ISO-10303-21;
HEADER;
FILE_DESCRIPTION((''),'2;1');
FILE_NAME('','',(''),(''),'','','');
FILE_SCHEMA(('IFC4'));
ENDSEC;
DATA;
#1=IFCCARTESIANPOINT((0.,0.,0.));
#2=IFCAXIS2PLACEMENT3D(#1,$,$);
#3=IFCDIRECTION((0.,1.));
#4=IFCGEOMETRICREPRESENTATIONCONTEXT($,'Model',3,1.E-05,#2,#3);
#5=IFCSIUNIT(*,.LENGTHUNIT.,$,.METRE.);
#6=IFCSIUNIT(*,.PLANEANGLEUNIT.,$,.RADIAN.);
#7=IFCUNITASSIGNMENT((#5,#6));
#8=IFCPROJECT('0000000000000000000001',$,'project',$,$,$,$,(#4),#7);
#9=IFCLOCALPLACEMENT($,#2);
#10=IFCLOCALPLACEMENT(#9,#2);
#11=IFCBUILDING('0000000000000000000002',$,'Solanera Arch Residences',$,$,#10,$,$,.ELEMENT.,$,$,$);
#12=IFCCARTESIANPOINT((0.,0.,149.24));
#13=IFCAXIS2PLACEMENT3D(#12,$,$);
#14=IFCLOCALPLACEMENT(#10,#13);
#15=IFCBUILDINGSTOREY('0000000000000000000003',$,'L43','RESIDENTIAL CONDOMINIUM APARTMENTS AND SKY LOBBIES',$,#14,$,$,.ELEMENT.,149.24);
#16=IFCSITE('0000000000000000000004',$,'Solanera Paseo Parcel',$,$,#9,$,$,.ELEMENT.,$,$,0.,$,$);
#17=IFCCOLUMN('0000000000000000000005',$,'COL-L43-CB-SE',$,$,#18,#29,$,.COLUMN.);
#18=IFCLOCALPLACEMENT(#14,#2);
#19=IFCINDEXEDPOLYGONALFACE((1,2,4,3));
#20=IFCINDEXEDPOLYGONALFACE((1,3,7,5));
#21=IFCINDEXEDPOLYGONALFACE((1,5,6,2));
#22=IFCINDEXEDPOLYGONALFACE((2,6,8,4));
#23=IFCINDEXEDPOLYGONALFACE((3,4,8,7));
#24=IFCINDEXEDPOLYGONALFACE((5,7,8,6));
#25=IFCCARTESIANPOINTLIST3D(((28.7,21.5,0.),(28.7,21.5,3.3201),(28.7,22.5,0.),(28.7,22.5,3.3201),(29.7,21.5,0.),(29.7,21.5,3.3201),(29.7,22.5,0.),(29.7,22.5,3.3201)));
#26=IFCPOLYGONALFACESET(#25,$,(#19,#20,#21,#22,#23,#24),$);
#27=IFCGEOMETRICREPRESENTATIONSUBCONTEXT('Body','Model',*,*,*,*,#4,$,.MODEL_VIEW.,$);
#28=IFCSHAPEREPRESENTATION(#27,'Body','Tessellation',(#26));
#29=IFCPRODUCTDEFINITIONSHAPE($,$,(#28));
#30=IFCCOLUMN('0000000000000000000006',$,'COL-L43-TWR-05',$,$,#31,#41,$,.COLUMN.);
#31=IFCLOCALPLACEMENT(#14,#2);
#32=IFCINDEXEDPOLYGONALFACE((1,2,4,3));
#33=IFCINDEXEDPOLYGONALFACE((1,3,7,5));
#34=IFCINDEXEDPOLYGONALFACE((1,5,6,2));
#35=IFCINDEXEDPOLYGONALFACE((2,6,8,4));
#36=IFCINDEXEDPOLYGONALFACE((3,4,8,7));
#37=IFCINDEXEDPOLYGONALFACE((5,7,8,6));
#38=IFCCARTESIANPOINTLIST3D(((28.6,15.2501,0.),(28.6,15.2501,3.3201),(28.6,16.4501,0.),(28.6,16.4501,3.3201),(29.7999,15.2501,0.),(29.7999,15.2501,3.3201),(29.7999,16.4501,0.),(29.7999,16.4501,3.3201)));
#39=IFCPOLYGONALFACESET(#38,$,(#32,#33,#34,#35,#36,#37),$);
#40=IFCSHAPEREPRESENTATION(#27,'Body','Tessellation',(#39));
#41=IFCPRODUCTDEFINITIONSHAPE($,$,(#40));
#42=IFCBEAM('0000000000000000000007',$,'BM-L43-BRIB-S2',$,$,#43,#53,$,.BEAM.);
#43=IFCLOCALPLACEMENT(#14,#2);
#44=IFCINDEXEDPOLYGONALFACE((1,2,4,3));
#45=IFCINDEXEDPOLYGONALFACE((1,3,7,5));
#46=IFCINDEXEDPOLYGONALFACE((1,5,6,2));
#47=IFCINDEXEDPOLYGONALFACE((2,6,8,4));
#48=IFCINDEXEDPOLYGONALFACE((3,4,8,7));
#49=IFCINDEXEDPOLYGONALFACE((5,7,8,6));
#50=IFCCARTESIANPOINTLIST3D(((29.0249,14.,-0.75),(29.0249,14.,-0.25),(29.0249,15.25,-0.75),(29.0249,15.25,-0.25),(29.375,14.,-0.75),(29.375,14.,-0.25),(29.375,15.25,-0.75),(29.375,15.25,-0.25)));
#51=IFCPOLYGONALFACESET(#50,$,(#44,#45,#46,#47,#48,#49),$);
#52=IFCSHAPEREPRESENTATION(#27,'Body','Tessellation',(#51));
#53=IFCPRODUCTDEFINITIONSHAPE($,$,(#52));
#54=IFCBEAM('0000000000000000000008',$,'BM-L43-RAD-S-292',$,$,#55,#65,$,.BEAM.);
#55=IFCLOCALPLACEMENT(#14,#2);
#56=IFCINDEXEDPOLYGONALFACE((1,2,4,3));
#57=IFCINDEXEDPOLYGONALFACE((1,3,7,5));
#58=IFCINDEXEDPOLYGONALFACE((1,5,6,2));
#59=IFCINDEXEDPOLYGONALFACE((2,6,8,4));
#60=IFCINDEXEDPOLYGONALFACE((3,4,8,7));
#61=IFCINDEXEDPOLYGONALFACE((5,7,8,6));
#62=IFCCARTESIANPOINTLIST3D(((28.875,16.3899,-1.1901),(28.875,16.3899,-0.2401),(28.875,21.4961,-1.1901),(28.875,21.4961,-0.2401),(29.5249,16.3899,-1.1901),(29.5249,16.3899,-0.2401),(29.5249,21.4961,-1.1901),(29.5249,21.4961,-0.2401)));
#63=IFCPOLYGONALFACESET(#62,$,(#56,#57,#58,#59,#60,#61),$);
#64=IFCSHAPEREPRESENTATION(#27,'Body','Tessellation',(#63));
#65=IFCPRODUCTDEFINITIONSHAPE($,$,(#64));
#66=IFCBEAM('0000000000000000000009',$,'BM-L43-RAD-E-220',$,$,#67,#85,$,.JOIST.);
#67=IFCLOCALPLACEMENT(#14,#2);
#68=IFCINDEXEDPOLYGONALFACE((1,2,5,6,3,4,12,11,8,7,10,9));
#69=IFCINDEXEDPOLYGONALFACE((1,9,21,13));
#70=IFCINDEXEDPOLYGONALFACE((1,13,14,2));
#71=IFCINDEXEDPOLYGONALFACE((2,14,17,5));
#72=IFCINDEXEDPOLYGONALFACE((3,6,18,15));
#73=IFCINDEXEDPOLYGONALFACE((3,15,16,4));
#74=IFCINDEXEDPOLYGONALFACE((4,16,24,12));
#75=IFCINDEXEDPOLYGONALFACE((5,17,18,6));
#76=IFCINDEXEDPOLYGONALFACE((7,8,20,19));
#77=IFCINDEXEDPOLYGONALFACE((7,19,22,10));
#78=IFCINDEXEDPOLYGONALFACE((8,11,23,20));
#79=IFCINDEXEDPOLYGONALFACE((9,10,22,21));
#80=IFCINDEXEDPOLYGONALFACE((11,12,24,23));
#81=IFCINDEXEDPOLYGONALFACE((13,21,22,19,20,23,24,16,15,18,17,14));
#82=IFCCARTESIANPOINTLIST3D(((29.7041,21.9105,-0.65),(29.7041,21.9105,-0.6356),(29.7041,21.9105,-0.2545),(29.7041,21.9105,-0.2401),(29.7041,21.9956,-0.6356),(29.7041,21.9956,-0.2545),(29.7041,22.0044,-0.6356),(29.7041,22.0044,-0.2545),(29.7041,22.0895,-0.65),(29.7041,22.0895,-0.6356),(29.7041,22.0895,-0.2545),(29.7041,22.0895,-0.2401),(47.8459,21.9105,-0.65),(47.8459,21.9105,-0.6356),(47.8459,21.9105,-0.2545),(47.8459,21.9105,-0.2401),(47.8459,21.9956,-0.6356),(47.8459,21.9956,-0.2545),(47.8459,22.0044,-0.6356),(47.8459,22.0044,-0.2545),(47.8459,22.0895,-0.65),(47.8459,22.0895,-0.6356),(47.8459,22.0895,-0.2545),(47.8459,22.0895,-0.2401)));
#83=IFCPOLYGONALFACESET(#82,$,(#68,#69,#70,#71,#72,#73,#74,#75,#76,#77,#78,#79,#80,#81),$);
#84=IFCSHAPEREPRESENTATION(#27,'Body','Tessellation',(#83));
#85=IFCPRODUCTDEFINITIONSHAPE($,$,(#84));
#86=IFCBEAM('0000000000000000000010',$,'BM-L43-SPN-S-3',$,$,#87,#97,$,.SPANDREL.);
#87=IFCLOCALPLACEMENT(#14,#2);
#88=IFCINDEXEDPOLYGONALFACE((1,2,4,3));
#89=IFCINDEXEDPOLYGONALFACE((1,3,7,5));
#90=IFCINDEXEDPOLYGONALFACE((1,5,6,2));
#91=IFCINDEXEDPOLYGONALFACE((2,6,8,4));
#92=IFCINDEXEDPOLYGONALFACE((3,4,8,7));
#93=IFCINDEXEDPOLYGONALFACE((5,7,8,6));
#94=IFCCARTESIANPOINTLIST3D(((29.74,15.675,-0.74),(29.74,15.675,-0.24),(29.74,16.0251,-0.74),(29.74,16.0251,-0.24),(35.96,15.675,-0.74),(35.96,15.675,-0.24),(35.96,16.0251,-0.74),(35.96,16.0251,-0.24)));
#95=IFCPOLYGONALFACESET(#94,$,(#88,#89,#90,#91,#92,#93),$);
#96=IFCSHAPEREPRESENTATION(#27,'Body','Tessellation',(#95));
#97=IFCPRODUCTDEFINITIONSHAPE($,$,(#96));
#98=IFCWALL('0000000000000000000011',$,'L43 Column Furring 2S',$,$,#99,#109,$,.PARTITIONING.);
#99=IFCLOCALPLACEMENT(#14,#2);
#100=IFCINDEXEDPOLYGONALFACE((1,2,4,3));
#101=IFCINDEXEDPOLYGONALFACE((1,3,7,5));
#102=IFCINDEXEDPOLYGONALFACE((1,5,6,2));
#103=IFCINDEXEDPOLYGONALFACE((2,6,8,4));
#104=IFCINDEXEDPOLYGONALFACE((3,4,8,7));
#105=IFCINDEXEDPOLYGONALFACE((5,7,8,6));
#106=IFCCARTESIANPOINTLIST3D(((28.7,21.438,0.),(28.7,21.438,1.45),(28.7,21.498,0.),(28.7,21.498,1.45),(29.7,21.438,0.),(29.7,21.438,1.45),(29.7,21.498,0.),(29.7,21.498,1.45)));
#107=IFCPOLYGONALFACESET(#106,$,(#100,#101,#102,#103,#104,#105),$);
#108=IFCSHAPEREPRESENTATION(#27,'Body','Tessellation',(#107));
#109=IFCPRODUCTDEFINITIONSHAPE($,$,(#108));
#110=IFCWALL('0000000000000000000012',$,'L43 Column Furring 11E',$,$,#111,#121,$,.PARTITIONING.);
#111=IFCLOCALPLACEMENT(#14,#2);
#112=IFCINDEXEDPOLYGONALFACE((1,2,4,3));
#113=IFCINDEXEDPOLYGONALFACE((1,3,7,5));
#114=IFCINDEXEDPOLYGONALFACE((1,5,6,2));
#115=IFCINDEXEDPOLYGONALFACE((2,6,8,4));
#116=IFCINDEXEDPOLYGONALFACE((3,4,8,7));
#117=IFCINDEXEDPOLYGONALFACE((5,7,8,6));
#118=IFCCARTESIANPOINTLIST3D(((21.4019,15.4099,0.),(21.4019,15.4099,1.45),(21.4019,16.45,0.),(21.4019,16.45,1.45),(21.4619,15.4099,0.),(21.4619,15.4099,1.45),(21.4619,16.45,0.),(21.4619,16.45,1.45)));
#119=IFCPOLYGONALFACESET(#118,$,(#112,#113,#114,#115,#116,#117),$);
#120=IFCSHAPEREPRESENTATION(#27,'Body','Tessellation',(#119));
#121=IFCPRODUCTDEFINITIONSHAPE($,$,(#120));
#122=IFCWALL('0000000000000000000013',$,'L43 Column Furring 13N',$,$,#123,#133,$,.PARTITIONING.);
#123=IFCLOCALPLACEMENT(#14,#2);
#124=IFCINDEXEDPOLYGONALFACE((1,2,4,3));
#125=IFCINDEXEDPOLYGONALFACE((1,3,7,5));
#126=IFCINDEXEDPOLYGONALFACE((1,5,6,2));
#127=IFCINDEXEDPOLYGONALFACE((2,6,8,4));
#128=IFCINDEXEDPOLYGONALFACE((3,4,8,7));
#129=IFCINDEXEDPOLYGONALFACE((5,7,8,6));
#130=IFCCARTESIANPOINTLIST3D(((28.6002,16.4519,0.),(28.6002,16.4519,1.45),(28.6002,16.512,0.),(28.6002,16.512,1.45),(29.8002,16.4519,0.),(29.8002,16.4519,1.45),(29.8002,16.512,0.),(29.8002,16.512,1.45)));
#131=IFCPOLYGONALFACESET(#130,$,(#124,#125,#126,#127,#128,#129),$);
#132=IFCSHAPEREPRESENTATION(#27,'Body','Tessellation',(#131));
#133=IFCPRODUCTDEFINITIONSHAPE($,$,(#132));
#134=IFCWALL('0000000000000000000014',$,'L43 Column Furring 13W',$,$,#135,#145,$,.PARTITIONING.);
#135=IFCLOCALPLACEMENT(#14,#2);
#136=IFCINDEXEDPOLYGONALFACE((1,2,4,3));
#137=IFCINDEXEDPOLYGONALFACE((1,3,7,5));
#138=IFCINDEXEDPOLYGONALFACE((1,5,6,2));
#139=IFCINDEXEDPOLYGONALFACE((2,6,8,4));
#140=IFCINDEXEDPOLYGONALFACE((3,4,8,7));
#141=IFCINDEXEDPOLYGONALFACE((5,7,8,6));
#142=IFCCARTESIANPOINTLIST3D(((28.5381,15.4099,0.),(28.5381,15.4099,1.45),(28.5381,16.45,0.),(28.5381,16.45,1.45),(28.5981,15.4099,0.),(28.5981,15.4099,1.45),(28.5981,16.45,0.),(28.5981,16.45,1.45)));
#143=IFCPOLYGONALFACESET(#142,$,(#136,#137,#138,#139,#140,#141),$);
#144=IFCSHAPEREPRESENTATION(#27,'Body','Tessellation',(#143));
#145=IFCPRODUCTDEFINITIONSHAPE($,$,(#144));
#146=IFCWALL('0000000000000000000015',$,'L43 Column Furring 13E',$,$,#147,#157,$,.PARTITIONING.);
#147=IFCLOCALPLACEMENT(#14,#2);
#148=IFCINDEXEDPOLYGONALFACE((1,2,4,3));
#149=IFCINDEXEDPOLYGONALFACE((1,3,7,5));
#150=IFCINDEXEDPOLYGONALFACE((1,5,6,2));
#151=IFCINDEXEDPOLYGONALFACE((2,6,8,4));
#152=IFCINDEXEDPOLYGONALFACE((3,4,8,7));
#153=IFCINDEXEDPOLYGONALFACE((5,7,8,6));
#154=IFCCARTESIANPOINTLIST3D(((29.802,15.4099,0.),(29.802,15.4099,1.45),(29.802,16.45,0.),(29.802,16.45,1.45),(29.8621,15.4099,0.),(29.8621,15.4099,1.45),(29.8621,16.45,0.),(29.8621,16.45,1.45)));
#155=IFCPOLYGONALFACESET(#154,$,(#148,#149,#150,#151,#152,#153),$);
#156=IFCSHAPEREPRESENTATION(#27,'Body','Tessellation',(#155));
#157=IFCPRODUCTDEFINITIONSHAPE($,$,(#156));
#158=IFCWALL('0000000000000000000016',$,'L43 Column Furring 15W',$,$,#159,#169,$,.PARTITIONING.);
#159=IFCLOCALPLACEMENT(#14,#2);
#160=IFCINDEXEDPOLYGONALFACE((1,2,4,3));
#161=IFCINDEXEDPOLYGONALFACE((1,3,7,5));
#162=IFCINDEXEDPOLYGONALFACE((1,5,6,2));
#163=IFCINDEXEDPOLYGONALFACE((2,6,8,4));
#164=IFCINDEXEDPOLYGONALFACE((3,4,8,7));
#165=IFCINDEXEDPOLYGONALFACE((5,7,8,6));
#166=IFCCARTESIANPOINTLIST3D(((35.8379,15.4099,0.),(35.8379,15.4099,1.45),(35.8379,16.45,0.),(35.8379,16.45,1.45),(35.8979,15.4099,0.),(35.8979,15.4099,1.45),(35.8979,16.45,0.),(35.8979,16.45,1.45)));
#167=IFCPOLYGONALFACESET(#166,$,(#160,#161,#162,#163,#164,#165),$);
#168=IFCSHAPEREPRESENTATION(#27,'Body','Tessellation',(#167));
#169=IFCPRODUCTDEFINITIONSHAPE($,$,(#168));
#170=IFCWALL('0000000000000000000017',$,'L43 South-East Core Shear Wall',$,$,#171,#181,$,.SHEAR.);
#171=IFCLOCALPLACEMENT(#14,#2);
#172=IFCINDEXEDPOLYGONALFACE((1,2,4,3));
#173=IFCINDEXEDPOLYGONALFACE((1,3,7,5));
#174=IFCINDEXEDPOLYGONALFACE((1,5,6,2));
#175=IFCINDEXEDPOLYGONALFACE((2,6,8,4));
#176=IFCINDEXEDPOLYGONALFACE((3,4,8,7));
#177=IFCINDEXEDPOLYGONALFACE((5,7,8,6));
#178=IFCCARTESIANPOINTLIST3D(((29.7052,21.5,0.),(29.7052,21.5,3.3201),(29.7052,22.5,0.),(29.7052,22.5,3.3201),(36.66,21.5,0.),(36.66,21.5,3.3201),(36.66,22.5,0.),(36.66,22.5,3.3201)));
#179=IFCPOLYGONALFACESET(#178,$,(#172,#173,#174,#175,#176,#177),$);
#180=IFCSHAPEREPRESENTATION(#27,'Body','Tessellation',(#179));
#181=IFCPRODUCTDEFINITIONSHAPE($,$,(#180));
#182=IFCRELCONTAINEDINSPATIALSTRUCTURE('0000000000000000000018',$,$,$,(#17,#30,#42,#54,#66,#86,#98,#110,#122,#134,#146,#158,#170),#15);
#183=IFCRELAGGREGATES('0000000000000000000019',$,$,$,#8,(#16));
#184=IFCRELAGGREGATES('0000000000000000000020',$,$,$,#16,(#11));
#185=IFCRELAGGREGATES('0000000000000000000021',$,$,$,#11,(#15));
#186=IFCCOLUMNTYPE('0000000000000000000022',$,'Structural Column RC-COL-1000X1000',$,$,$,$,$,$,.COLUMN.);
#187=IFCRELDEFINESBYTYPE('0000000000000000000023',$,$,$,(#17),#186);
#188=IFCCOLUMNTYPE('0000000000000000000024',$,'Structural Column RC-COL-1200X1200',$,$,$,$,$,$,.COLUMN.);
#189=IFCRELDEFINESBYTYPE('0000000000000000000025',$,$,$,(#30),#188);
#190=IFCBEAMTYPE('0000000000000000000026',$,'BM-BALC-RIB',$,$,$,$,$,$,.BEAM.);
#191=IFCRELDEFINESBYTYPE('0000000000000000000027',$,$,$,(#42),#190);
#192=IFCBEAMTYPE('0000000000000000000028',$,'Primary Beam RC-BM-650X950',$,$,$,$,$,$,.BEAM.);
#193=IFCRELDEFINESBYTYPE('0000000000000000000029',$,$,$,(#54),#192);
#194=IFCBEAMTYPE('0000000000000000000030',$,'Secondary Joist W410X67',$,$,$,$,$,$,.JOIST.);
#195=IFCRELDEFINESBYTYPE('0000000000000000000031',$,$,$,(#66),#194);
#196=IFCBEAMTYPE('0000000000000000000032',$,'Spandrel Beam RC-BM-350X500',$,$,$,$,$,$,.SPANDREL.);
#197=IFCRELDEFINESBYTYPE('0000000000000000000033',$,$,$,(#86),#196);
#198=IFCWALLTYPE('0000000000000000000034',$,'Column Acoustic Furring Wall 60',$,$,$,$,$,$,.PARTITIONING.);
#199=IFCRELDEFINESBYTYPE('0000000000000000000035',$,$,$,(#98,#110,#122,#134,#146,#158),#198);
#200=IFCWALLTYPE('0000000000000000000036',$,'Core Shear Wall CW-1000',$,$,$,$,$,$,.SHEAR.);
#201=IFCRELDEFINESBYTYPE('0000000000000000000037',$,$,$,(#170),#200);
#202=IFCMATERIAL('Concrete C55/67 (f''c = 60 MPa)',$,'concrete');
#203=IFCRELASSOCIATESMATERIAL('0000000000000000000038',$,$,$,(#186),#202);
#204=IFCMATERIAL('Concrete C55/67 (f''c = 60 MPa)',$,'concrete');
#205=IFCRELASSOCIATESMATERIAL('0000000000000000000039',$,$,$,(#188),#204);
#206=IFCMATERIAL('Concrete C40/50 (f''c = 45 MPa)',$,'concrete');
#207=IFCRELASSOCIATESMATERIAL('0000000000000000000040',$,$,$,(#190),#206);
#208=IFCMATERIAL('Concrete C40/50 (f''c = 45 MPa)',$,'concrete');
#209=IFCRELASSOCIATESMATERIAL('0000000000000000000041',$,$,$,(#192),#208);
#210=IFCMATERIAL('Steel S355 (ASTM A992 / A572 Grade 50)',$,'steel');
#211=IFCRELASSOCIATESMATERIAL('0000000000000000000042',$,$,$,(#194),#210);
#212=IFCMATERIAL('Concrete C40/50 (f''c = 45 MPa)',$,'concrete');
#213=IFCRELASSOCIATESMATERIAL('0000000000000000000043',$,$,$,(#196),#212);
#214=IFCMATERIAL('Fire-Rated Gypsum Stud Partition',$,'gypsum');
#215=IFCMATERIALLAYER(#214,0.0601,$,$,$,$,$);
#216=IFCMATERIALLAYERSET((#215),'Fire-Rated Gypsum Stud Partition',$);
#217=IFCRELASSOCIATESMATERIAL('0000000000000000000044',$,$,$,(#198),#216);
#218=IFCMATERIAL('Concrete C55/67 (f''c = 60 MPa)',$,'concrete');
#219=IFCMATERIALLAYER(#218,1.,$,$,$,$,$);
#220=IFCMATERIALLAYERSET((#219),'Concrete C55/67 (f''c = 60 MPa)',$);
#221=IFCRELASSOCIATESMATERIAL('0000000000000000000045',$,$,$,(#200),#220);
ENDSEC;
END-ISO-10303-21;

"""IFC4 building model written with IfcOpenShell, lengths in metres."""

from ifc_helpers import new_model, si_unit, direction, frame, frame_2d, origin, origin_2d, place, context, subcontext, project, spatial, rectangle, i_section, extrude, material, layer, layer_set, material_profile, profile_set, type_object, element, save


model = new_model("IFC4")

# Units and contexts
model_context = context("Model", 3, precision=1e-05, world=origin(), true_north=direction((0.0, 1.0)))
body_context = subcontext(model_context, "Body", "Model", "MODEL_VIEW")
ifc_project = project(units=[si_unit("LENGTHUNIT", "METRE"), si_unit("PLANEANGLEUNIT", "RADIAN")], contexts=[model_context])

# Site, building, storey
site_placement = place(None, origin())
site = spatial("IfcSite", under=ifc_project, at=site_placement, Name="Solanera Paseo Parcel", CompositionType="ELEMENT", RefElevation=0.0)
building_placement = place(site_placement, origin())
building = spatial("IfcBuilding", under=site, at=building_placement, Name="Solanera Arch Residences", CompositionType="ELEMENT")
storey_placement = place(building_placement, frame((0.0, 0.0, 149.24)))
storey = spatial("IfcBuildingStorey", under=building, at=storey_placement, Name="L43", Description="RESIDENTIAL CONDOMINIUM APARTMENTS AND SKY LOBBIES", CompositionType="ELEMENT", Elevation=149.24)

# Columns
ifc_material_1 = material(Name="Concrete C55/67 (f'c = 60 MPa)", Category="concrete")
ifc_material_profile_1 = material_profile(ifc_material_1, rectangle(XDim=1.0, YDim=1.0, at=origin_2d()))
ifc_profile_set_1 = profile_set([ifc_material_profile_1], Name="Concrete C55/67 (f'c = 60 MPa)")
column_type_1 = type_object("IfcColumnType", Name="Structural Column RC-COL-1000X1000", PredefinedType="COLUMN", material=ifc_profile_set_1)
column_1_placement = place(storey_placement, frame((29.2, 22.0, 0.0), z_axis=(0.0, 0.0, 1.0), x_axis=(1.0, 0.0, 0.0)))
element("IfcColumn", 1, at=column_1_placement, inside=storey, type_object=column_type_1, Name="COL-L43-CB-SE", PredefinedType="COLUMN", context=body_context, shape_type="SweptSolid", body=[
    extrude(rectangle(XDim=1.0, YDim=1.0, at=origin_2d()), origin(), (0.0, 0.0, 1.0), 3.3201),
])
ifc_material_2 = material(Name="Concrete C55/67 (f'c = 60 MPa)", Category="concrete")
ifc_material_profile_2 = material_profile(ifc_material_2, rectangle(XDim=1.2, YDim=1.2, at=origin_2d()))
ifc_profile_set_2 = profile_set([ifc_material_profile_2], Name="Concrete C55/67 (f'c = 60 MPa)")
column_type_2 = type_object("IfcColumnType", Name="Structural Column RC-COL-1200X1200", PredefinedType="COLUMN", material=ifc_profile_set_2)
column_2_placement = place(storey_placement, frame((29.2, 15.8501, 0.0), z_axis=(0.0, 0.0, 1.0), x_axis=(1.0, 0.0, 0.0)))
element("IfcColumn", 2, at=column_2_placement, inside=storey, type_object=column_type_2, Name="COL-L43-TWR-05", PredefinedType="COLUMN", context=body_context, shape_type="SweptSolid", body=[
    extrude(rectangle(XDim=1.2, YDim=1.2, at=origin_2d()), origin(), (0.0, 0.0, 1.0), 3.3201),
])

# Beams
ifc_material_3 = material(Name="Concrete C40/50 (f'c = 45 MPa)", Category="concrete")
ifc_material_profile_3 = material_profile(ifc_material_3, rectangle(XDim=0.3501, YDim=0.5, at=origin_2d()))
ifc_profile_set_3 = profile_set([ifc_material_profile_3], Name="Concrete C40/50 (f'c = 45 MPa)")
beam_type_1 = type_object("IfcBeamType", Name="BM-BALC-RIB", PredefinedType="BEAM", material=ifc_profile_set_3)
beam_1_placement = place(storey_placement, frame((29.2, 14.0, -0.5), z_axis=(0.0, 1.0, 0.0), x_axis=(-1.0, 0.0, 0.0)))
element("IfcBeam", 3, at=beam_1_placement, inside=storey, type_object=beam_type_1, Name="BM-L43-BRIB-S2", PredefinedType="BEAM", context=body_context, shape_type="SweptSolid", body=[
    extrude(rectangle(XDim=0.3501, YDim=0.5, at=origin_2d()), origin(), (0.0, 0.0, 1.0), 1.25),
])
ifc_material_4 = material(Name="Concrete C40/50 (f'c = 45 MPa)", Category="concrete")
ifc_material_profile_4 = material_profile(ifc_material_4, rectangle(XDim=0.6499, YDim=0.95, at=origin_2d()))
ifc_profile_set_4 = profile_set([ifc_material_profile_4], Name="Concrete C40/50 (f'c = 45 MPa)")
beam_type_2 = type_object("IfcBeamType", Name="Primary Beam RC-BM-650X950", PredefinedType="BEAM", material=ifc_profile_set_4)
beam_2_placement = place(storey_placement, frame((29.2, 16.3899, -0.7151), z_axis=(0.0, 1.0, 0.0), x_axis=(-1.0, 0.0, 0.0)))
element("IfcBeam", 4, at=beam_2_placement, inside=storey, type_object=beam_type_2, Name="BM-L43-RAD-S-292", PredefinedType="BEAM", context=body_context, shape_type="SweptSolid", body=[
    extrude(rectangle(XDim=0.6499, YDim=0.95, at=origin_2d()), origin(), (0.0, 0.0, 1.0), 5.1062),
])
ifc_material_5 = material(Name="Steel S355 (ASTM A992 / A572 Grade 50)", Category="steel")
ifc_material_profile_5 = material_profile(ifc_material_5, i_section(OverallWidth=0.179, OverallDepth=0.4099, WebThickness=0.0088, FlangeThickness=0.0144, at=origin_2d()))
ifc_profile_set_5 = profile_set([ifc_material_profile_5], Name="Steel S355 (ASTM A992 / A572 Grade 50)")
beam_type_3 = type_object("IfcBeamType", Name="Secondary Joist W410X67", PredefinedType="JOIST", material=ifc_profile_set_5)
beam_3_placement = place(storey_placement, frame((29.7041, 22.0, -0.4451), z_axis=(1.0, 0.0, 0.0), x_axis=(0.0, 1.0, 0.0)))
element("IfcBeam", 5, at=beam_3_placement, inside=storey, type_object=beam_type_3, Name="BM-L43-RAD-E-220", PredefinedType="JOIST", context=body_context, shape_type="SweptSolid", body=[
    extrude(i_section(OverallWidth=0.179, OverallDepth=0.4099, WebThickness=0.0088, FlangeThickness=0.0144, at=origin_2d()), origin(), (0.0, 0.0, 1.0), 18.1418),
])
ifc_material_6 = material(Name="Concrete C40/50 (f'c = 45 MPa)", Category="concrete")
ifc_material_profile_6 = material_profile(ifc_material_6, rectangle(XDim=0.3501, YDim=0.5, at=origin_2d()))
ifc_profile_set_6 = profile_set([ifc_material_profile_6], Name="Concrete C40/50 (f'c = 45 MPa)")
beam_type_4 = type_object("IfcBeamType", Name="Spandrel Beam RC-BM-350X500", PredefinedType="SPANDREL", material=ifc_profile_set_6)
beam_4_placement = place(storey_placement, frame((29.74, 15.8501, -0.49), z_axis=(1.0, 0.0, 0.0), x_axis=(0.0, 1.0, 0.0)))
element("IfcBeam", 6, at=beam_4_placement, inside=storey, type_object=beam_type_4, Name="BM-L43-SPN-S-3", PredefinedType="SPANDREL", context=body_context, shape_type="SweptSolid", body=[
    extrude(rectangle(XDim=0.3501, YDim=0.5, at=origin_2d()), origin(), (0.0, 0.0, 1.0), 6.22),
])

# Walls
ifc_material_7 = material(Name="Fire-Rated Gypsum Stud Partition", Category="gypsum")
ifc_layer_1 = layer(ifc_material_7, 0.0601)
ifc_layer_set_1 = layer_set([ifc_layer_1], Name="Fire-Rated Gypsum Stud Partition")
wall_type_1 = type_object("IfcWallType", Name="Column Acoustic Furring Wall 60", PredefinedType="PARTITIONING", material=ifc_layer_set_1)
wall_1_placement = place(storey_placement, frame((28.7, 21.468, 0.0), z_axis=(0.0, 0.0, 1.0), x_axis=(1.0, 0.0, 0.0)))
element("IfcWall", 7, at=wall_1_placement, inside=storey, type_object=wall_type_1, Name="L43 Column Furring 2S", PredefinedType="PARTITIONING", context=body_context, shape_type="SweptSolid", body=[
    extrude(rectangle(XDim=1.0, YDim=0.0601, at=frame_2d((0.5, 0.0))), origin(), (0.0, 0.0, 1.0), 1.45),
])
wall_2_placement = place(storey_placement, frame((21.4319, 15.4099, 0.0), z_axis=(0.0, 0.0, 1.0), x_axis=(0.0, 1.0, 0.0)))
element("IfcWall", 8, at=wall_2_placement, inside=storey, type_object=wall_type_1, Name="L43 Column Furring 11E", PredefinedType="PARTITIONING", context=body_context, shape_type="SweptSolid", body=[
    extrude(rectangle(XDim=1.04, YDim=0.0601, at=frame_2d((0.52, 0.0))), origin(), (0.0, 0.0, 1.0), 1.45),
])
wall_3_placement = place(storey_placement, frame((28.6001, 16.4819, 0.0), z_axis=(0.0, 0.0, 1.0), x_axis=(1.0, 0.0, 0.0)))
element("IfcWall", 9, at=wall_3_placement, inside=storey, type_object=wall_type_1, Name="L43 Column Furring 13N", PredefinedType="PARTITIONING", context=body_context, shape_type="SweptSolid", body=[
    extrude(rectangle(XDim=1.2, YDim=0.0601, at=frame_2d((0.6001, 0.0))), origin(), (0.0, 0.0, 1.0), 1.45),
])
for number, where, z_axis, x_axis, name in (
    (10, (28.5681, 15.4099, 0.0), (0.0, 0.0, 1.0), (0.0, 1.0, 0.0), "L43 Column Furring 13W"),
    (11, (29.832, 15.4099, 0.0), (0.0, 0.0, 1.0), (0.0, 1.0, 0.0), "L43 Column Furring 13E"),
    (12, (35.8679, 15.4099, 0.0), (0.0, 0.0, 1.0), (0.0, 1.0, 0.0), "L43 Column Furring 15W"),
):
    element("IfcWall", number, at=place(storey_placement, frame(where, z_axis=z_axis, x_axis=x_axis)), inside=storey, type_object=wall_type_1, Name=name, PredefinedType="PARTITIONING", context=body_context, shape_type="SweptSolid", body=[
        extrude(rectangle(XDim=1.04, YDim=0.0601, at=frame_2d((0.52, 0.0))), origin(), (0.0, 0.0, 1.0), 1.45),
    ])
ifc_material_8 = material(Name="Concrete C55/67 (f'c = 60 MPa)", Category="concrete")
ifc_layer_2 = layer(ifc_material_8, 1.0)
ifc_layer_set_2 = layer_set([ifc_layer_2], Name="Concrete C55/67 (f'c = 60 MPa)")
wall_type_2 = type_object("IfcWallType", Name="Core Shear Wall CW-1000", PredefinedType="SHEAR", material=ifc_layer_set_2)
wall_4_placement = place(storey_placement, frame((29.7051, 22.0, 0.0), z_axis=(0.0, 0.0, 1.0), x_axis=(1.0, 0.0, 0.0)))
element("IfcWall", 13, at=wall_4_placement, inside=storey, type_object=wall_type_2, Name="L43 South-East Core Shear Wall", PredefinedType="SHEAR", context=body_context, shape_type="SweptSolid", body=[
    extrude(rectangle(XDim=6.9548, YDim=1.0, at=frame_2d((3.4775, 0.0))), origin(), (0.0, 0.0, 1.0), 3.3201),
])

save(model, "model.ifc")
